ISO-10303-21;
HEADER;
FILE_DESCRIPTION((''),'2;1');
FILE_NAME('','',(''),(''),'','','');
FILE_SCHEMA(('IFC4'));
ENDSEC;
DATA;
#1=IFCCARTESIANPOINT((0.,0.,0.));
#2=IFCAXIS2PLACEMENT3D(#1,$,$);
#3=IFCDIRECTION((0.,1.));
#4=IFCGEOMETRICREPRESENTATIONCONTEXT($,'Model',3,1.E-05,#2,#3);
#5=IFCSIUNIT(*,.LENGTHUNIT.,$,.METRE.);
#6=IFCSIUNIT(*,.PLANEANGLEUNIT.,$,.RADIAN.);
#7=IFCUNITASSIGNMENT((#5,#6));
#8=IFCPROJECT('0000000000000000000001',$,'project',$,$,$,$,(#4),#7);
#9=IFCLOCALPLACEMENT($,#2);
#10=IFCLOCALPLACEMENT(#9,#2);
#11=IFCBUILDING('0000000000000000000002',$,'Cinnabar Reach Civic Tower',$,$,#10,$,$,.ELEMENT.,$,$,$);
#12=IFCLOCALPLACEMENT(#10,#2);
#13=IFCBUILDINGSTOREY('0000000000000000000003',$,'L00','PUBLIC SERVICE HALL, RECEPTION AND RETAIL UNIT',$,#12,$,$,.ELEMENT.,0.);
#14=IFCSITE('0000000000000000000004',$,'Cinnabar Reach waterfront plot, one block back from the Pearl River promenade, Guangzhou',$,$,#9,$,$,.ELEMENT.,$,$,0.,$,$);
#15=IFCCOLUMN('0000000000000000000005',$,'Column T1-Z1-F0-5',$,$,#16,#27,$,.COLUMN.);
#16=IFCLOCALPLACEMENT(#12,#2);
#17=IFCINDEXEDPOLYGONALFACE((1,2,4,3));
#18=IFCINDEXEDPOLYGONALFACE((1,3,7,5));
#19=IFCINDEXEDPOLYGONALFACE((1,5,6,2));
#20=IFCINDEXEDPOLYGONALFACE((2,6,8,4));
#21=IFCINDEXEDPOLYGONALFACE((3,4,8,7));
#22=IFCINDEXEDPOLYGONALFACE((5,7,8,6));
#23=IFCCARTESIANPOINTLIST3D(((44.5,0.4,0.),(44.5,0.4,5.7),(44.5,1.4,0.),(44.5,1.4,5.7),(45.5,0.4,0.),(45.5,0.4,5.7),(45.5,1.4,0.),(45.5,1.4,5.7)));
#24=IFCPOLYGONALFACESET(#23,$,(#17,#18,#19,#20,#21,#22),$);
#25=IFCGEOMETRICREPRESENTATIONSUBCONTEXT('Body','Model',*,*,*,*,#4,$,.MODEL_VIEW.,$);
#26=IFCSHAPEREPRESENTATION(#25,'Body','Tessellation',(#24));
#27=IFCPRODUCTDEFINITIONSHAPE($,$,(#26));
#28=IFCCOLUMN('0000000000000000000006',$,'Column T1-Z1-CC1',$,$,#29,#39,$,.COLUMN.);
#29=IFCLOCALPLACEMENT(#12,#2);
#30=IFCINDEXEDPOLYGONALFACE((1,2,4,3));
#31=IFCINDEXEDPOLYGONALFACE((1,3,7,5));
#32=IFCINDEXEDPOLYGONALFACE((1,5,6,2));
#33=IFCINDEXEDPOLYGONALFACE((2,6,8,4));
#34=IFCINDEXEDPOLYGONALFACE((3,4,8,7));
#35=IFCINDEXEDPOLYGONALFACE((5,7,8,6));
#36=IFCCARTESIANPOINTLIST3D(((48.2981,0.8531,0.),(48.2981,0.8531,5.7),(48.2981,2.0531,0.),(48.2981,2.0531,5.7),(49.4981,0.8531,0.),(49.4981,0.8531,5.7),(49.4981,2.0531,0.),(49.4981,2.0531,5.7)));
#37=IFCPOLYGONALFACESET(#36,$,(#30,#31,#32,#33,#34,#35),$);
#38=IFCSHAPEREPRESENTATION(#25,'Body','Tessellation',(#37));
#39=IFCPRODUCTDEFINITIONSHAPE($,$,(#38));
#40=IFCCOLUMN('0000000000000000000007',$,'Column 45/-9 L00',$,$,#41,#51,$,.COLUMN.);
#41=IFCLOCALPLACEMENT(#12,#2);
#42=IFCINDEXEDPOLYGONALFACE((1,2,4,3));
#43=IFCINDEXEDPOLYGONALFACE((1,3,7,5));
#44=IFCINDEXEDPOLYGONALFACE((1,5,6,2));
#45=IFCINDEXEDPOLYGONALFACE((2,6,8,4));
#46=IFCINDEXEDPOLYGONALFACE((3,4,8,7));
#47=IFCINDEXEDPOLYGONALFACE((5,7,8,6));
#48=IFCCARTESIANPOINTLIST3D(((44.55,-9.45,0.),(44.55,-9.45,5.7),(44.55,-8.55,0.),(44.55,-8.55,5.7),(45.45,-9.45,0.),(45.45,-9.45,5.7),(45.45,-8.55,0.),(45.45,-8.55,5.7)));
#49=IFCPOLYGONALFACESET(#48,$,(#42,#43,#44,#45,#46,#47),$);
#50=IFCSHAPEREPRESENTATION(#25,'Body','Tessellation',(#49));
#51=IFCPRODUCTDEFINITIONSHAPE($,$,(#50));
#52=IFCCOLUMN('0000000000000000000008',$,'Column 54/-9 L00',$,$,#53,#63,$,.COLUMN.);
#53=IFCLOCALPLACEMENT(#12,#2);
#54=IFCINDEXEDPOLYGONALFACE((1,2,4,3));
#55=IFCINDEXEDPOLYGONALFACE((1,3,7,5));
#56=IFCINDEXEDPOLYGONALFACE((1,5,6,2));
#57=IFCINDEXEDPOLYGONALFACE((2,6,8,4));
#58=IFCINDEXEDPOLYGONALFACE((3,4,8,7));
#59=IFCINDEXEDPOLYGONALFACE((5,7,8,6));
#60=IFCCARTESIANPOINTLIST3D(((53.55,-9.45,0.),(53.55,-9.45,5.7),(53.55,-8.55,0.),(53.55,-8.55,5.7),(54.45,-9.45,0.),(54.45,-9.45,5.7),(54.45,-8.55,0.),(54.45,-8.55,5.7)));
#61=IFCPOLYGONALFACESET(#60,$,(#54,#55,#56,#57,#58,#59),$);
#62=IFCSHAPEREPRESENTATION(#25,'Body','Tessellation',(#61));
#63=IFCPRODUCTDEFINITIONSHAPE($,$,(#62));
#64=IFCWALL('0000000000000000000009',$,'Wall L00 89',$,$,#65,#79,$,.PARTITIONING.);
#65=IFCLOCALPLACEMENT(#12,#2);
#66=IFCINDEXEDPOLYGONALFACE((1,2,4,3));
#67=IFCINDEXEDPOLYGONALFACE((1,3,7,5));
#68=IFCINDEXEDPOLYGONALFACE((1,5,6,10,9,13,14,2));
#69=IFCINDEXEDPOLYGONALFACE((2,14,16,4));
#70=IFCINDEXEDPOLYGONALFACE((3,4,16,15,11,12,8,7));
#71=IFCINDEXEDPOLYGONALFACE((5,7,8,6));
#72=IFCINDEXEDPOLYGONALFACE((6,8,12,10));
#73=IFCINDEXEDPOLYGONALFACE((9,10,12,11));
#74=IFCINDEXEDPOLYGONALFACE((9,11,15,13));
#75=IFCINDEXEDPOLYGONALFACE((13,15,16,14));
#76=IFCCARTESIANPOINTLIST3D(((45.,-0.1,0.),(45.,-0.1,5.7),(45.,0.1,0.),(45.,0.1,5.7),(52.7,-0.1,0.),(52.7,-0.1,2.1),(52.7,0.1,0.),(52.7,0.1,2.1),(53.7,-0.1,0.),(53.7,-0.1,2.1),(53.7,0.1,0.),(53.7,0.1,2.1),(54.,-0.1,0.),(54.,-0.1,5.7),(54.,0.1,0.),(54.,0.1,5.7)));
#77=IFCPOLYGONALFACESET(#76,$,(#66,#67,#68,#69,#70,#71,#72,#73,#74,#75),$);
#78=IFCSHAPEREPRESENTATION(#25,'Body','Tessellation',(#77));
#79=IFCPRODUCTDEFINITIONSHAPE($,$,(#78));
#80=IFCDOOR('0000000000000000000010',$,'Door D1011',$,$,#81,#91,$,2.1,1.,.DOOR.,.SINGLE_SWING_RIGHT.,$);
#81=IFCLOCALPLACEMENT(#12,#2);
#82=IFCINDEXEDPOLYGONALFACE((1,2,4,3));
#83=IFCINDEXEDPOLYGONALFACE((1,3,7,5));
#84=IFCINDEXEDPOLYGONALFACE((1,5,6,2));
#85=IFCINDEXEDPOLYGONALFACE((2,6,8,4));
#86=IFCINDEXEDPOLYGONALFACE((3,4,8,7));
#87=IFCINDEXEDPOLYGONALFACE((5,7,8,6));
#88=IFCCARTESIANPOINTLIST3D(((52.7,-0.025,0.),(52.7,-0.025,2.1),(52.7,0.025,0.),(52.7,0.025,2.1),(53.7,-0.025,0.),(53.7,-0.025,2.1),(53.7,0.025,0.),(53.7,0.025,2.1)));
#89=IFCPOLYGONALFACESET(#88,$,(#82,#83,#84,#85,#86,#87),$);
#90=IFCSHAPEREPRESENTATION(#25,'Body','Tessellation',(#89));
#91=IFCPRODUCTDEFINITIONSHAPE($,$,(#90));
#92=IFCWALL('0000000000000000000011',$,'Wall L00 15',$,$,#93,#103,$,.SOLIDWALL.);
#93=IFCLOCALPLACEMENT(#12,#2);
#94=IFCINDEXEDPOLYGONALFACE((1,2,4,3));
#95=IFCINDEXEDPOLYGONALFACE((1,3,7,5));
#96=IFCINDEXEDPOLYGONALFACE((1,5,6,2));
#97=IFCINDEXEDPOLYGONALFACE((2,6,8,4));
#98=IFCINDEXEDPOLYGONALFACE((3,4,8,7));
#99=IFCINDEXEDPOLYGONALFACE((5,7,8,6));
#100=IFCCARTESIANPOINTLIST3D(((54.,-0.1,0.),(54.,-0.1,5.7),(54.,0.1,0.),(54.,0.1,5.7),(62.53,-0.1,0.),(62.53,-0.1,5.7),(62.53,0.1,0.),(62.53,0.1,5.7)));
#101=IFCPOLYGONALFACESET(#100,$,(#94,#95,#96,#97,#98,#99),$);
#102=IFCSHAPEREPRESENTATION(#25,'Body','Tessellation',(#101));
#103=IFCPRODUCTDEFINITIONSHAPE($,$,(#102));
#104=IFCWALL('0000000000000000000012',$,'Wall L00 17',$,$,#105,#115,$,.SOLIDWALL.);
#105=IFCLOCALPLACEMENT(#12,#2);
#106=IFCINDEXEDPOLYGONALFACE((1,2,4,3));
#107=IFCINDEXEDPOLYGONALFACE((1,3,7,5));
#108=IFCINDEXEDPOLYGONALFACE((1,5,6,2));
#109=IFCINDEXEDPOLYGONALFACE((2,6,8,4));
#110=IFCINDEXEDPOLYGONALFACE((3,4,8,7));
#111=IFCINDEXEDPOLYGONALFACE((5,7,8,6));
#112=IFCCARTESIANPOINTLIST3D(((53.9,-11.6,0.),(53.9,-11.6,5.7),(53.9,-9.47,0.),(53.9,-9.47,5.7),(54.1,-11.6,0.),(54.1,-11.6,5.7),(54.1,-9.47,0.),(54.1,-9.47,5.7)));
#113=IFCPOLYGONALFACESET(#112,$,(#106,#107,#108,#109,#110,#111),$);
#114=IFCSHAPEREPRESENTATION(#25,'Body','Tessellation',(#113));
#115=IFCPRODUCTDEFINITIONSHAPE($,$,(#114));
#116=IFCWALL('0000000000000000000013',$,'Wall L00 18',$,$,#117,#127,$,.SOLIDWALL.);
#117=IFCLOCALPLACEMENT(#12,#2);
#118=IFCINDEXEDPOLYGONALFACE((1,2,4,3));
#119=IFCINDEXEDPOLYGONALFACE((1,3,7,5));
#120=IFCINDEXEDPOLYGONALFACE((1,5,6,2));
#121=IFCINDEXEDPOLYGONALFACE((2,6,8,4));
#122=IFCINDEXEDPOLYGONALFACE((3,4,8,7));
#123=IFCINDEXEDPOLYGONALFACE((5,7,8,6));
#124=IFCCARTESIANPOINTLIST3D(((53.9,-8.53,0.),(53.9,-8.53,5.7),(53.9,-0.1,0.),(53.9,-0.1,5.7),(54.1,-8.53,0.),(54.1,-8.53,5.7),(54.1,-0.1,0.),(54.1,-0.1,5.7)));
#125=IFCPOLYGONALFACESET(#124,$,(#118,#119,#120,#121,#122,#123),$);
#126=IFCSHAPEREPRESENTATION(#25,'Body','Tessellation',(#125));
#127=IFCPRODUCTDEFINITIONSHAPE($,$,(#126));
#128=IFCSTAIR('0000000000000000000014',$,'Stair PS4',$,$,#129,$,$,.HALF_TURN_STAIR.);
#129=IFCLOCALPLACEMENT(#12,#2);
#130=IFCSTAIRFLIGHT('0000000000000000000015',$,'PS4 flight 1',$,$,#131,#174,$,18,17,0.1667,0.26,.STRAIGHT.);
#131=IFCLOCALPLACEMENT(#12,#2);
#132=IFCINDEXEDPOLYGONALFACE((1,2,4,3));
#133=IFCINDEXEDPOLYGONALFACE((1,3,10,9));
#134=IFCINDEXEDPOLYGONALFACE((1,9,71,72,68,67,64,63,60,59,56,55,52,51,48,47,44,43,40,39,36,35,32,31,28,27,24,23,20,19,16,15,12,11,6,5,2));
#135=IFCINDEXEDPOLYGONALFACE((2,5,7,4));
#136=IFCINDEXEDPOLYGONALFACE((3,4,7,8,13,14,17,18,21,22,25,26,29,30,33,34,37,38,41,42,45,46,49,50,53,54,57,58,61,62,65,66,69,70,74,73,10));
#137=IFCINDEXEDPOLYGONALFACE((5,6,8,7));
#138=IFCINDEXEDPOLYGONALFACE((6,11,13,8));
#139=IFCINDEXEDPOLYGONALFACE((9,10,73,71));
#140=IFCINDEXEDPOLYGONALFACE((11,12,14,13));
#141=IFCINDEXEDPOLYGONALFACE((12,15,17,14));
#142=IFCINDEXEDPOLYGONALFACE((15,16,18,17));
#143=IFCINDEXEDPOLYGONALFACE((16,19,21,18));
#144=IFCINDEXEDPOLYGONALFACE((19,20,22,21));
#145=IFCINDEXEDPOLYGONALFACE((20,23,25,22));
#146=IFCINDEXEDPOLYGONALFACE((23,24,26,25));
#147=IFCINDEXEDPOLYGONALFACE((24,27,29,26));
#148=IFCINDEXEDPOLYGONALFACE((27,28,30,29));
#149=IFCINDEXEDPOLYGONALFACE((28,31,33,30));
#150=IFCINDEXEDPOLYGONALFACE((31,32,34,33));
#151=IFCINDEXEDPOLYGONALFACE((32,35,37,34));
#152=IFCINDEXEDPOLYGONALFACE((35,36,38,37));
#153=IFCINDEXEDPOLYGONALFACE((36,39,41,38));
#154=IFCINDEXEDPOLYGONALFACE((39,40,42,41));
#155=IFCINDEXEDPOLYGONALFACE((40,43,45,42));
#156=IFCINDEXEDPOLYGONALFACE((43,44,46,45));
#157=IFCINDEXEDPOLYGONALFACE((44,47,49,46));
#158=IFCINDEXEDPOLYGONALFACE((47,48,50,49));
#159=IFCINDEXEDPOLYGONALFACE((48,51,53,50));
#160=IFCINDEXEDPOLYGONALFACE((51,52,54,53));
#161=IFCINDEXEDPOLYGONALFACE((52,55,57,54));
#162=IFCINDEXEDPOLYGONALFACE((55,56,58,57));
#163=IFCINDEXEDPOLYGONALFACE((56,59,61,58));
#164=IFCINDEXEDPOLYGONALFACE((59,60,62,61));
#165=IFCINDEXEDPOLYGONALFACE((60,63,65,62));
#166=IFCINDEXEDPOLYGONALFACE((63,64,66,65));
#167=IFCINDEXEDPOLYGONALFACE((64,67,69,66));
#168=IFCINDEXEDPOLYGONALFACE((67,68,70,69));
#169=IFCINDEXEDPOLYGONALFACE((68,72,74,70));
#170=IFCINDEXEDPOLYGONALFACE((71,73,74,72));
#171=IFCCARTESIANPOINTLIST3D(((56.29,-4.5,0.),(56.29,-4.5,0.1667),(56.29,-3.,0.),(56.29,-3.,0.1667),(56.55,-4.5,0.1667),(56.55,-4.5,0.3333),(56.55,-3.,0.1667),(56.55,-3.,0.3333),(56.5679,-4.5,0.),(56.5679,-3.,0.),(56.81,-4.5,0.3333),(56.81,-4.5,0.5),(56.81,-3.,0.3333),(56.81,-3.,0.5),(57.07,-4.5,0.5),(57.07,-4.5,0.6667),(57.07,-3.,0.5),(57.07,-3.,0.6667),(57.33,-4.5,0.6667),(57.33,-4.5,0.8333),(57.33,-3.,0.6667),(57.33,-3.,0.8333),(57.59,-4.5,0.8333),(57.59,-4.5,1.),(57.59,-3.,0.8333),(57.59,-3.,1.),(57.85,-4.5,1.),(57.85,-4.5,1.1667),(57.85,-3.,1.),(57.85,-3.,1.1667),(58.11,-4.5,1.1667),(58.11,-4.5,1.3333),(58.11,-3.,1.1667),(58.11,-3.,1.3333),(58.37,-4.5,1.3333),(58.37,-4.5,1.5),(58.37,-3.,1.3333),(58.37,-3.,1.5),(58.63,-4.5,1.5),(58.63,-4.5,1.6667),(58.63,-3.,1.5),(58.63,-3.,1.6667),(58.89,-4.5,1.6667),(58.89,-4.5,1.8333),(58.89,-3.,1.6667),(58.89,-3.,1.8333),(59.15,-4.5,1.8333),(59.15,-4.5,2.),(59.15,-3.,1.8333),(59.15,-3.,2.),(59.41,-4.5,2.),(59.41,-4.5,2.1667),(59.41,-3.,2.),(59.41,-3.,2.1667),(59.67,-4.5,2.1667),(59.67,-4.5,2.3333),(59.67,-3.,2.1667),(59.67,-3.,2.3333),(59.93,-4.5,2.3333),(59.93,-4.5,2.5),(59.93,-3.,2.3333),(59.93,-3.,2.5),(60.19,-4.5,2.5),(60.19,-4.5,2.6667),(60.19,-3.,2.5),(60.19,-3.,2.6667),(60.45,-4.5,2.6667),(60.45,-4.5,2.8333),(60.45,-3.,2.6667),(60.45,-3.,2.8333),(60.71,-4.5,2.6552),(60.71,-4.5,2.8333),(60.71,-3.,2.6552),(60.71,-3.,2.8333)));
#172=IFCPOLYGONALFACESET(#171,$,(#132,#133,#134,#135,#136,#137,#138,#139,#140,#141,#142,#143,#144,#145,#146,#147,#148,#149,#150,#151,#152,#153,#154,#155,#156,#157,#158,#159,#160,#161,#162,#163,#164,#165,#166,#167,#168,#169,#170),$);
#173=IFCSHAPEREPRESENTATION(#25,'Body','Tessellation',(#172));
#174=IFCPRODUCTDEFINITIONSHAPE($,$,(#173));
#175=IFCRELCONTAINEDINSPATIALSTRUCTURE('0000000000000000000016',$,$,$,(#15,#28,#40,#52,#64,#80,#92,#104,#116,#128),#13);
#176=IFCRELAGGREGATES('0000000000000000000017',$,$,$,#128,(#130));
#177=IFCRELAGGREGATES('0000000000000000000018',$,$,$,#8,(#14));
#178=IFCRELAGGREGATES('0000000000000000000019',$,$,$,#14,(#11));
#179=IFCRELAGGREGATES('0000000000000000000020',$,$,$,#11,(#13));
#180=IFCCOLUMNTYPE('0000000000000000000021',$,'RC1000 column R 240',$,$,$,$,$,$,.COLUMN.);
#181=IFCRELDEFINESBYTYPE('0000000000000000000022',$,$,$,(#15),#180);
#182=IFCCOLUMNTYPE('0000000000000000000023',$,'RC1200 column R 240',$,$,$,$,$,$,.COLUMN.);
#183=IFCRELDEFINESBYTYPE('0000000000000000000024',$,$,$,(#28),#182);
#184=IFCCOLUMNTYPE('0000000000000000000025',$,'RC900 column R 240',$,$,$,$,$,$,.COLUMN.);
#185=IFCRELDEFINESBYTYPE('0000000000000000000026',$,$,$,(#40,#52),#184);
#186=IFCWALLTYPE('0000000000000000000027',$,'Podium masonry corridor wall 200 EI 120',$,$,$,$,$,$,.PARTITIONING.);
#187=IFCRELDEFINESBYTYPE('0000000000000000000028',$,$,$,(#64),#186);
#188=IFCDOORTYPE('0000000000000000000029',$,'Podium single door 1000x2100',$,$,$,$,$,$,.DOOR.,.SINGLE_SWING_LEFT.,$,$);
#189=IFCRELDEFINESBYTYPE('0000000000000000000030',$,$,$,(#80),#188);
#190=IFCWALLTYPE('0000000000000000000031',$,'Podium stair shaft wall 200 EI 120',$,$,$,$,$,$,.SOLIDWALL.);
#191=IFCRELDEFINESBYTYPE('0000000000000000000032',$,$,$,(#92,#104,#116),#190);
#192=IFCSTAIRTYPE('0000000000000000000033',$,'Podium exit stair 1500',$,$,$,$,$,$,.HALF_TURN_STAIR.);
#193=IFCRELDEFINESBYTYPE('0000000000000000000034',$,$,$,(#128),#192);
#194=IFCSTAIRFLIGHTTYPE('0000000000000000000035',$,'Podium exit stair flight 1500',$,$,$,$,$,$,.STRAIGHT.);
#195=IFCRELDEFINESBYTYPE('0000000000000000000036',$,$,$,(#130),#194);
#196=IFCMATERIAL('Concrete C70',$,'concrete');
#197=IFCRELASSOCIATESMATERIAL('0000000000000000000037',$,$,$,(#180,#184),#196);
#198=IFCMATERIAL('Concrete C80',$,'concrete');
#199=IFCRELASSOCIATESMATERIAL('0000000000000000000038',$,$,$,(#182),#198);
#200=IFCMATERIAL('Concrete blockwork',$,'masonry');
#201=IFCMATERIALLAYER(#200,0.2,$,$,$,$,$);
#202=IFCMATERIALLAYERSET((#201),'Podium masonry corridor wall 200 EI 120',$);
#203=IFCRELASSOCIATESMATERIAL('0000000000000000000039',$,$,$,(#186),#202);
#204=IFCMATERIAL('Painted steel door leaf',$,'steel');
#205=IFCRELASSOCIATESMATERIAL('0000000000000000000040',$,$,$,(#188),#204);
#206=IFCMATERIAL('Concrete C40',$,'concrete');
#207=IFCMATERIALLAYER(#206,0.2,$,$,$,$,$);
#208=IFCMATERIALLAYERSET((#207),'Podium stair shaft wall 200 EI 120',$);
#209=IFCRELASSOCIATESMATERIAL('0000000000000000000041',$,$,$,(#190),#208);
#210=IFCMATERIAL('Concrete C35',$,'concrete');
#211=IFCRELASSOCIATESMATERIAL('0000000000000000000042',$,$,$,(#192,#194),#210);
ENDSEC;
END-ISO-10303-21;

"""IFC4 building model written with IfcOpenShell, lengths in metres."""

from ifc_helpers import new_model, si_unit, direction, frame, frame_2d, origin, origin_2d, place, context, subcontext, project, spatial, polyline, rectangle, outline, extrude, material, layer, layer_set, material_profile, profile_set, type_object, element, fill, aggregate, save


model = new_model("IFC4")

# Units and contexts
model_context = context("Model", 3, precision=1e-05, world=origin(), true_north=direction((0.0, 1.0)))
body_context = subcontext(model_context, "Body", "Model", "MODEL_VIEW")
ifc_project = project(units=[si_unit("LENGTHUNIT", "METRE"), si_unit("PLANEANGLEUNIT", "RADIAN")], contexts=[model_context])

# Site, building, storey
site_placement = place(None, origin())
site = spatial("IfcSite", under=ifc_project, at=site_placement, Name="Cinnabar Reach waterfront plot, one block back from the Pearl River promenade, Guangzhou", CompositionType="ELEMENT", RefElevation=0.0)
building_placement = place(site_placement, origin())
building = spatial("IfcBuilding", under=site, at=building_placement, Name="Cinnabar Reach Civic Tower", CompositionType="ELEMENT")
storey_placement = place(building_placement, origin())
storey = spatial("IfcBuildingStorey", under=building, at=storey_placement, Name="L00", Description="PUBLIC SERVICE HALL, RECEPTION AND RETAIL UNIT", CompositionType="ELEMENT", Elevation=0.0)

# Columns
ifc_material_1 = material(Name="Concrete C70", Category="concrete")
ifc_material_profile_1 = material_profile(ifc_material_1, rectangle(XDim=1.0, YDim=1.0, at=origin_2d()), Name="RC1000")
ifc_profile_set_1 = profile_set([ifc_material_profile_1], Name="Concrete C70")
column_type_1 = type_object("IfcColumnType", Name="RC1000 column R 240", PredefinedType="COLUMN", material=ifc_profile_set_1)
column_1_placement = place(storey_placement, frame((45.0, 0.9, 0.0), z_axis=(0.0, 0.0, 1.0), x_axis=(1.0, 0.0, 0.0)))
element("IfcColumn", 1, at=column_1_placement, inside=storey, type_object=column_type_1, Name="Column T1-Z1-F0-5", PredefinedType="COLUMN", context=body_context, shape_type="SweptSolid", body=[
    extrude(rectangle(XDim=1.0, YDim=1.0, at=origin_2d()), origin(), (0.0, 0.0, 1.0), 5.7),
])
ifc_material_2 = material(Name="Concrete C80", Category="concrete")
ifc_material_profile_2 = material_profile(ifc_material_2, rectangle(XDim=1.2, YDim=1.2, at=origin_2d()), Name="RC1200")
ifc_profile_set_2 = profile_set([ifc_material_profile_2], Name="Concrete C80")
column_type_2 = type_object("IfcColumnType", Name="RC1200 column R 240", PredefinedType="COLUMN", material=ifc_profile_set_2)
column_2_placement = place(storey_placement, frame((48.8981, 1.4531, 0.0), z_axis=(0.0, 0.0, 1.0), x_axis=(1.0, 0.0, 0.0)))
element("IfcColumn", 2, at=column_2_placement, inside=storey, type_object=column_type_2, Name="Column T1-Z1-CC1", PredefinedType="COLUMN", context=body_context, shape_type="SweptSolid", body=[
    extrude(rectangle(XDim=1.2, YDim=1.2, at=origin_2d()), origin(), (0.0, 0.0, 1.0), 5.7),
])
ifc_material_profile_3 = material_profile(ifc_material_1, rectangle(XDim=0.9, YDim=0.9, at=origin_2d()), Name="RC900")
ifc_profile_set_3 = profile_set([ifc_material_profile_3], Name="Concrete C70")
column_type_3 = type_object("IfcColumnType", Name="RC900 column R 240", PredefinedType="COLUMN", material=ifc_profile_set_3)
for number, where, z_axis, x_axis, name in (
    (3, (45.0, -9.0, 0.0), (0.0, 0.0, 1.0), (1.0, 0.0, 0.0), "Column 45/-9 L00"),
    (4, (54.0, -9.0, 0.0), (0.0, 0.0, 1.0), (1.0, 0.0, 0.0), "Column 54/-9 L00"),
):
    element("IfcColumn", number, at=place(storey_placement, frame(where, z_axis=z_axis, x_axis=x_axis)), inside=storey, type_object=column_type_3, Name=name, PredefinedType="COLUMN", context=body_context, shape_type="SweptSolid", body=[
        extrude(rectangle(XDim=0.9, YDim=0.9, at=origin_2d()), origin(), (0.0, 0.0, 1.0), 5.7),
    ])

# Wall, opening, door
ifc_material_3 = material(Name="Concrete blockwork", Category="masonry")
ifc_layer_1 = layer(ifc_material_3, 0.2)
ifc_layer_set_1 = layer_set([ifc_layer_1], Name="Podium masonry corridor wall 200 EI 120")
wall_type_1 = type_object("IfcWallType", Name="Podium masonry corridor wall 200 EI 120", PredefinedType="PARTITIONING", material=ifc_layer_set_1)
wall_1_placement = place(storey_placement, frame((45.0, 0.0, 0.0), z_axis=(0.0, 0.0, 1.0), x_axis=(1.0, 0.0, 0.0)))
wall_1 = element("IfcWall", 5, at=wall_1_placement, inside=storey, type_object=wall_type_1, Name="Wall L00 89", PredefinedType="PARTITIONING", context=body_context, shape_type="SweptSolid", body=[
    extrude(rectangle(XDim=9.0, YDim=0.2, at=frame_2d((4.5, 0.0))), origin(), (0.0, 0.0, 1.0), 5.7),
])
opening_placement = place(wall_1_placement, frame((7.7, 0.0, 0.0)))
opening = element("IfcOpeningElement", 6, at=opening_placement, cuts=wall_1, PredefinedType="OPENING", context=body_context, shape_type="SweptSolid", body=[
    extrude(rectangle(XDim=1.0, YDim=2.1, at=frame_2d((0.5, 1.05))), frame((0.0, 0.11, 0.0), z_axis=(0.0, -1.0, 0.0), x_axis=(1.0, 0.0, 0.0)), (0.0, 0.0, 1.0), 0.22),
])
ifc_material_4 = material(Name="Painted steel door leaf", Category="steel")
door_type = type_object("IfcDoorType", Name="Podium single door 1000x2100", OperationType="SINGLE_SWING_LEFT", PredefinedType="DOOR", material=ifc_material_4)
door_placement = place(opening_placement, origin())
door = element("IfcDoor", 7, at=door_placement, inside=storey, type_object=door_type, Name="Door D1011", OperationType="SINGLE_SWING_RIGHT", OverallHeight=2.1, OverallWidth=1.0, PredefinedType="DOOR", context=body_context, shape_type="SweptSolid", body=[
    extrude(rectangle(XDim=1.0, YDim=2.1, at=frame_2d((0.5, 1.05))), frame((0.0, 0.025, 0.0), z_axis=(0.0, -1.0, 0.0), x_axis=(1.0, 0.0, 0.0)), (0.0, 0.0, 1.0), 0.05),
])
fill(opening, door)

# Walls
ifc_material_5 = material(Name="Concrete C40", Category="concrete")
ifc_layer_2 = layer(ifc_material_5, 0.2)
ifc_layer_set_2 = layer_set([ifc_layer_2], Name="Podium stair shaft wall 200 EI 120")
wall_type_2 = type_object("IfcWallType", Name="Podium stair shaft wall 200 EI 120", PredefinedType="SOLIDWALL", material=ifc_layer_set_2)
wall_2_placement = place(storey_placement, frame((54.0, 0.0, 0.0), z_axis=(0.0, 0.0, 1.0), x_axis=(1.0, 0.0, 0.0)))
element("IfcWall", 8, at=wall_2_placement, inside=storey, type_object=wall_type_2, Name="Wall L00 15", PredefinedType="SOLIDWALL", context=body_context, shape_type="SweptSolid", body=[
    extrude(rectangle(XDim=8.53, YDim=0.2, at=frame_2d((4.265, 0.0))), origin(), (0.0, 0.0, 1.0), 5.7),
])
wall_3_placement = place(storey_placement, frame((54.0, -11.6, 0.0), z_axis=(0.0, 0.0, 1.0), x_axis=(0.0, 1.0, 0.0)))
element("IfcWall", 9, at=wall_3_placement, inside=storey, type_object=wall_type_2, Name="Wall L00 17", PredefinedType="SOLIDWALL", context=body_context, shape_type="SweptSolid", body=[
    extrude(rectangle(XDim=2.13, YDim=0.2, at=frame_2d((1.065, 0.0))), origin(), (0.0, 0.0, 1.0), 5.7),
])
wall_4_placement = place(storey_placement, frame((54.0, -8.53, 0.0), z_axis=(0.0, 0.0, 1.0), x_axis=(0.0, 1.0, 0.0)))
element("IfcWall", 10, at=wall_4_placement, inside=storey, type_object=wall_type_2, Name="Wall L00 18", PredefinedType="SOLIDWALL", context=body_context, shape_type="SweptSolid", body=[
    extrude(rectangle(XDim=8.43, YDim=0.2, at=frame_2d((4.215, 0.0))), origin(), (0.0, 0.0, 1.0), 5.7),
])

# Stair, stair flight
ifc_material_6 = material(Name="Concrete C35", Category="concrete")
stair_type = type_object("IfcStairType", Name="Podium exit stair 1500", PredefinedType="HALF_TURN_STAIR", material=ifc_material_6)
stair_placement = place(storey_placement, origin())
stair = element("IfcStair", 11, at=stair_placement, inside=storey, type_object=stair_type, Name="Stair PS4", PredefinedType="HALF_TURN_STAIR")
stair_flight_type = type_object("IfcStairFlightType", Name="Podium exit stair flight 1500", PredefinedType="STRAIGHT", material=ifc_material_6)
stair_flight_placement = place(storey_placement, frame((56.29, -3.75, 0.0), z_axis=(0.0, 0.0, 1.0), x_axis=(1.0, 0.0, 0.0)))
stair_flight = element("IfcStairFlight", 12, at=stair_flight_placement, type_object=stair_flight_type, Name="PS4 flight 1", NumberOfRisers=18, NumberOfTreads=17, PredefinedType="STRAIGHT", RiserHeight=0.1667, TreadLength=0.26, context=body_context, shape_type="SweptSolid", body=[
    extrude(outline(polyline([(0.0, 0.0), (0.0, 0.1667), (0.26, 0.1667), (0.26, 0.3333), (0.52, 0.3333), (0.52, 0.5), (0.78, 0.5), (0.78, 0.6667), (1.04, 0.6667), (1.04, 0.8333), (1.3, 0.8333), (1.3, 1.0), (1.56, 1.0), (1.56, 1.1667), (1.82, 1.1667), (1.82, 1.3333), (2.08, 1.3333), (2.08, 1.5), (2.34, 1.5), (2.34, 1.6667), (2.6, 1.6667), (2.6, 1.8333), (2.86, 1.8333), (2.86, 2.0), (3.12, 2.0), (3.12, 2.1667), (3.38, 2.1667), (3.38, 2.3333), (3.64, 2.3333), (3.64, 2.5), (3.9, 2.5), (3.9, 2.6667), (4.16, 2.6667), (4.16, 2.8333), (4.42, 2.8333), (4.42, 3.0), (4.42, 2.6552), (0.2779, 0.0), (0.0, 0.0)])), frame((0.0, 0.75, 0.0), z_axis=(0.0, -1.0, 0.0), x_axis=(1.0, 0.0, 0.0)), (0.0, 0.0, 1.0), 1.5),
])
aggregate(stair, [stair_flight])

save(model, "model.ifc")
